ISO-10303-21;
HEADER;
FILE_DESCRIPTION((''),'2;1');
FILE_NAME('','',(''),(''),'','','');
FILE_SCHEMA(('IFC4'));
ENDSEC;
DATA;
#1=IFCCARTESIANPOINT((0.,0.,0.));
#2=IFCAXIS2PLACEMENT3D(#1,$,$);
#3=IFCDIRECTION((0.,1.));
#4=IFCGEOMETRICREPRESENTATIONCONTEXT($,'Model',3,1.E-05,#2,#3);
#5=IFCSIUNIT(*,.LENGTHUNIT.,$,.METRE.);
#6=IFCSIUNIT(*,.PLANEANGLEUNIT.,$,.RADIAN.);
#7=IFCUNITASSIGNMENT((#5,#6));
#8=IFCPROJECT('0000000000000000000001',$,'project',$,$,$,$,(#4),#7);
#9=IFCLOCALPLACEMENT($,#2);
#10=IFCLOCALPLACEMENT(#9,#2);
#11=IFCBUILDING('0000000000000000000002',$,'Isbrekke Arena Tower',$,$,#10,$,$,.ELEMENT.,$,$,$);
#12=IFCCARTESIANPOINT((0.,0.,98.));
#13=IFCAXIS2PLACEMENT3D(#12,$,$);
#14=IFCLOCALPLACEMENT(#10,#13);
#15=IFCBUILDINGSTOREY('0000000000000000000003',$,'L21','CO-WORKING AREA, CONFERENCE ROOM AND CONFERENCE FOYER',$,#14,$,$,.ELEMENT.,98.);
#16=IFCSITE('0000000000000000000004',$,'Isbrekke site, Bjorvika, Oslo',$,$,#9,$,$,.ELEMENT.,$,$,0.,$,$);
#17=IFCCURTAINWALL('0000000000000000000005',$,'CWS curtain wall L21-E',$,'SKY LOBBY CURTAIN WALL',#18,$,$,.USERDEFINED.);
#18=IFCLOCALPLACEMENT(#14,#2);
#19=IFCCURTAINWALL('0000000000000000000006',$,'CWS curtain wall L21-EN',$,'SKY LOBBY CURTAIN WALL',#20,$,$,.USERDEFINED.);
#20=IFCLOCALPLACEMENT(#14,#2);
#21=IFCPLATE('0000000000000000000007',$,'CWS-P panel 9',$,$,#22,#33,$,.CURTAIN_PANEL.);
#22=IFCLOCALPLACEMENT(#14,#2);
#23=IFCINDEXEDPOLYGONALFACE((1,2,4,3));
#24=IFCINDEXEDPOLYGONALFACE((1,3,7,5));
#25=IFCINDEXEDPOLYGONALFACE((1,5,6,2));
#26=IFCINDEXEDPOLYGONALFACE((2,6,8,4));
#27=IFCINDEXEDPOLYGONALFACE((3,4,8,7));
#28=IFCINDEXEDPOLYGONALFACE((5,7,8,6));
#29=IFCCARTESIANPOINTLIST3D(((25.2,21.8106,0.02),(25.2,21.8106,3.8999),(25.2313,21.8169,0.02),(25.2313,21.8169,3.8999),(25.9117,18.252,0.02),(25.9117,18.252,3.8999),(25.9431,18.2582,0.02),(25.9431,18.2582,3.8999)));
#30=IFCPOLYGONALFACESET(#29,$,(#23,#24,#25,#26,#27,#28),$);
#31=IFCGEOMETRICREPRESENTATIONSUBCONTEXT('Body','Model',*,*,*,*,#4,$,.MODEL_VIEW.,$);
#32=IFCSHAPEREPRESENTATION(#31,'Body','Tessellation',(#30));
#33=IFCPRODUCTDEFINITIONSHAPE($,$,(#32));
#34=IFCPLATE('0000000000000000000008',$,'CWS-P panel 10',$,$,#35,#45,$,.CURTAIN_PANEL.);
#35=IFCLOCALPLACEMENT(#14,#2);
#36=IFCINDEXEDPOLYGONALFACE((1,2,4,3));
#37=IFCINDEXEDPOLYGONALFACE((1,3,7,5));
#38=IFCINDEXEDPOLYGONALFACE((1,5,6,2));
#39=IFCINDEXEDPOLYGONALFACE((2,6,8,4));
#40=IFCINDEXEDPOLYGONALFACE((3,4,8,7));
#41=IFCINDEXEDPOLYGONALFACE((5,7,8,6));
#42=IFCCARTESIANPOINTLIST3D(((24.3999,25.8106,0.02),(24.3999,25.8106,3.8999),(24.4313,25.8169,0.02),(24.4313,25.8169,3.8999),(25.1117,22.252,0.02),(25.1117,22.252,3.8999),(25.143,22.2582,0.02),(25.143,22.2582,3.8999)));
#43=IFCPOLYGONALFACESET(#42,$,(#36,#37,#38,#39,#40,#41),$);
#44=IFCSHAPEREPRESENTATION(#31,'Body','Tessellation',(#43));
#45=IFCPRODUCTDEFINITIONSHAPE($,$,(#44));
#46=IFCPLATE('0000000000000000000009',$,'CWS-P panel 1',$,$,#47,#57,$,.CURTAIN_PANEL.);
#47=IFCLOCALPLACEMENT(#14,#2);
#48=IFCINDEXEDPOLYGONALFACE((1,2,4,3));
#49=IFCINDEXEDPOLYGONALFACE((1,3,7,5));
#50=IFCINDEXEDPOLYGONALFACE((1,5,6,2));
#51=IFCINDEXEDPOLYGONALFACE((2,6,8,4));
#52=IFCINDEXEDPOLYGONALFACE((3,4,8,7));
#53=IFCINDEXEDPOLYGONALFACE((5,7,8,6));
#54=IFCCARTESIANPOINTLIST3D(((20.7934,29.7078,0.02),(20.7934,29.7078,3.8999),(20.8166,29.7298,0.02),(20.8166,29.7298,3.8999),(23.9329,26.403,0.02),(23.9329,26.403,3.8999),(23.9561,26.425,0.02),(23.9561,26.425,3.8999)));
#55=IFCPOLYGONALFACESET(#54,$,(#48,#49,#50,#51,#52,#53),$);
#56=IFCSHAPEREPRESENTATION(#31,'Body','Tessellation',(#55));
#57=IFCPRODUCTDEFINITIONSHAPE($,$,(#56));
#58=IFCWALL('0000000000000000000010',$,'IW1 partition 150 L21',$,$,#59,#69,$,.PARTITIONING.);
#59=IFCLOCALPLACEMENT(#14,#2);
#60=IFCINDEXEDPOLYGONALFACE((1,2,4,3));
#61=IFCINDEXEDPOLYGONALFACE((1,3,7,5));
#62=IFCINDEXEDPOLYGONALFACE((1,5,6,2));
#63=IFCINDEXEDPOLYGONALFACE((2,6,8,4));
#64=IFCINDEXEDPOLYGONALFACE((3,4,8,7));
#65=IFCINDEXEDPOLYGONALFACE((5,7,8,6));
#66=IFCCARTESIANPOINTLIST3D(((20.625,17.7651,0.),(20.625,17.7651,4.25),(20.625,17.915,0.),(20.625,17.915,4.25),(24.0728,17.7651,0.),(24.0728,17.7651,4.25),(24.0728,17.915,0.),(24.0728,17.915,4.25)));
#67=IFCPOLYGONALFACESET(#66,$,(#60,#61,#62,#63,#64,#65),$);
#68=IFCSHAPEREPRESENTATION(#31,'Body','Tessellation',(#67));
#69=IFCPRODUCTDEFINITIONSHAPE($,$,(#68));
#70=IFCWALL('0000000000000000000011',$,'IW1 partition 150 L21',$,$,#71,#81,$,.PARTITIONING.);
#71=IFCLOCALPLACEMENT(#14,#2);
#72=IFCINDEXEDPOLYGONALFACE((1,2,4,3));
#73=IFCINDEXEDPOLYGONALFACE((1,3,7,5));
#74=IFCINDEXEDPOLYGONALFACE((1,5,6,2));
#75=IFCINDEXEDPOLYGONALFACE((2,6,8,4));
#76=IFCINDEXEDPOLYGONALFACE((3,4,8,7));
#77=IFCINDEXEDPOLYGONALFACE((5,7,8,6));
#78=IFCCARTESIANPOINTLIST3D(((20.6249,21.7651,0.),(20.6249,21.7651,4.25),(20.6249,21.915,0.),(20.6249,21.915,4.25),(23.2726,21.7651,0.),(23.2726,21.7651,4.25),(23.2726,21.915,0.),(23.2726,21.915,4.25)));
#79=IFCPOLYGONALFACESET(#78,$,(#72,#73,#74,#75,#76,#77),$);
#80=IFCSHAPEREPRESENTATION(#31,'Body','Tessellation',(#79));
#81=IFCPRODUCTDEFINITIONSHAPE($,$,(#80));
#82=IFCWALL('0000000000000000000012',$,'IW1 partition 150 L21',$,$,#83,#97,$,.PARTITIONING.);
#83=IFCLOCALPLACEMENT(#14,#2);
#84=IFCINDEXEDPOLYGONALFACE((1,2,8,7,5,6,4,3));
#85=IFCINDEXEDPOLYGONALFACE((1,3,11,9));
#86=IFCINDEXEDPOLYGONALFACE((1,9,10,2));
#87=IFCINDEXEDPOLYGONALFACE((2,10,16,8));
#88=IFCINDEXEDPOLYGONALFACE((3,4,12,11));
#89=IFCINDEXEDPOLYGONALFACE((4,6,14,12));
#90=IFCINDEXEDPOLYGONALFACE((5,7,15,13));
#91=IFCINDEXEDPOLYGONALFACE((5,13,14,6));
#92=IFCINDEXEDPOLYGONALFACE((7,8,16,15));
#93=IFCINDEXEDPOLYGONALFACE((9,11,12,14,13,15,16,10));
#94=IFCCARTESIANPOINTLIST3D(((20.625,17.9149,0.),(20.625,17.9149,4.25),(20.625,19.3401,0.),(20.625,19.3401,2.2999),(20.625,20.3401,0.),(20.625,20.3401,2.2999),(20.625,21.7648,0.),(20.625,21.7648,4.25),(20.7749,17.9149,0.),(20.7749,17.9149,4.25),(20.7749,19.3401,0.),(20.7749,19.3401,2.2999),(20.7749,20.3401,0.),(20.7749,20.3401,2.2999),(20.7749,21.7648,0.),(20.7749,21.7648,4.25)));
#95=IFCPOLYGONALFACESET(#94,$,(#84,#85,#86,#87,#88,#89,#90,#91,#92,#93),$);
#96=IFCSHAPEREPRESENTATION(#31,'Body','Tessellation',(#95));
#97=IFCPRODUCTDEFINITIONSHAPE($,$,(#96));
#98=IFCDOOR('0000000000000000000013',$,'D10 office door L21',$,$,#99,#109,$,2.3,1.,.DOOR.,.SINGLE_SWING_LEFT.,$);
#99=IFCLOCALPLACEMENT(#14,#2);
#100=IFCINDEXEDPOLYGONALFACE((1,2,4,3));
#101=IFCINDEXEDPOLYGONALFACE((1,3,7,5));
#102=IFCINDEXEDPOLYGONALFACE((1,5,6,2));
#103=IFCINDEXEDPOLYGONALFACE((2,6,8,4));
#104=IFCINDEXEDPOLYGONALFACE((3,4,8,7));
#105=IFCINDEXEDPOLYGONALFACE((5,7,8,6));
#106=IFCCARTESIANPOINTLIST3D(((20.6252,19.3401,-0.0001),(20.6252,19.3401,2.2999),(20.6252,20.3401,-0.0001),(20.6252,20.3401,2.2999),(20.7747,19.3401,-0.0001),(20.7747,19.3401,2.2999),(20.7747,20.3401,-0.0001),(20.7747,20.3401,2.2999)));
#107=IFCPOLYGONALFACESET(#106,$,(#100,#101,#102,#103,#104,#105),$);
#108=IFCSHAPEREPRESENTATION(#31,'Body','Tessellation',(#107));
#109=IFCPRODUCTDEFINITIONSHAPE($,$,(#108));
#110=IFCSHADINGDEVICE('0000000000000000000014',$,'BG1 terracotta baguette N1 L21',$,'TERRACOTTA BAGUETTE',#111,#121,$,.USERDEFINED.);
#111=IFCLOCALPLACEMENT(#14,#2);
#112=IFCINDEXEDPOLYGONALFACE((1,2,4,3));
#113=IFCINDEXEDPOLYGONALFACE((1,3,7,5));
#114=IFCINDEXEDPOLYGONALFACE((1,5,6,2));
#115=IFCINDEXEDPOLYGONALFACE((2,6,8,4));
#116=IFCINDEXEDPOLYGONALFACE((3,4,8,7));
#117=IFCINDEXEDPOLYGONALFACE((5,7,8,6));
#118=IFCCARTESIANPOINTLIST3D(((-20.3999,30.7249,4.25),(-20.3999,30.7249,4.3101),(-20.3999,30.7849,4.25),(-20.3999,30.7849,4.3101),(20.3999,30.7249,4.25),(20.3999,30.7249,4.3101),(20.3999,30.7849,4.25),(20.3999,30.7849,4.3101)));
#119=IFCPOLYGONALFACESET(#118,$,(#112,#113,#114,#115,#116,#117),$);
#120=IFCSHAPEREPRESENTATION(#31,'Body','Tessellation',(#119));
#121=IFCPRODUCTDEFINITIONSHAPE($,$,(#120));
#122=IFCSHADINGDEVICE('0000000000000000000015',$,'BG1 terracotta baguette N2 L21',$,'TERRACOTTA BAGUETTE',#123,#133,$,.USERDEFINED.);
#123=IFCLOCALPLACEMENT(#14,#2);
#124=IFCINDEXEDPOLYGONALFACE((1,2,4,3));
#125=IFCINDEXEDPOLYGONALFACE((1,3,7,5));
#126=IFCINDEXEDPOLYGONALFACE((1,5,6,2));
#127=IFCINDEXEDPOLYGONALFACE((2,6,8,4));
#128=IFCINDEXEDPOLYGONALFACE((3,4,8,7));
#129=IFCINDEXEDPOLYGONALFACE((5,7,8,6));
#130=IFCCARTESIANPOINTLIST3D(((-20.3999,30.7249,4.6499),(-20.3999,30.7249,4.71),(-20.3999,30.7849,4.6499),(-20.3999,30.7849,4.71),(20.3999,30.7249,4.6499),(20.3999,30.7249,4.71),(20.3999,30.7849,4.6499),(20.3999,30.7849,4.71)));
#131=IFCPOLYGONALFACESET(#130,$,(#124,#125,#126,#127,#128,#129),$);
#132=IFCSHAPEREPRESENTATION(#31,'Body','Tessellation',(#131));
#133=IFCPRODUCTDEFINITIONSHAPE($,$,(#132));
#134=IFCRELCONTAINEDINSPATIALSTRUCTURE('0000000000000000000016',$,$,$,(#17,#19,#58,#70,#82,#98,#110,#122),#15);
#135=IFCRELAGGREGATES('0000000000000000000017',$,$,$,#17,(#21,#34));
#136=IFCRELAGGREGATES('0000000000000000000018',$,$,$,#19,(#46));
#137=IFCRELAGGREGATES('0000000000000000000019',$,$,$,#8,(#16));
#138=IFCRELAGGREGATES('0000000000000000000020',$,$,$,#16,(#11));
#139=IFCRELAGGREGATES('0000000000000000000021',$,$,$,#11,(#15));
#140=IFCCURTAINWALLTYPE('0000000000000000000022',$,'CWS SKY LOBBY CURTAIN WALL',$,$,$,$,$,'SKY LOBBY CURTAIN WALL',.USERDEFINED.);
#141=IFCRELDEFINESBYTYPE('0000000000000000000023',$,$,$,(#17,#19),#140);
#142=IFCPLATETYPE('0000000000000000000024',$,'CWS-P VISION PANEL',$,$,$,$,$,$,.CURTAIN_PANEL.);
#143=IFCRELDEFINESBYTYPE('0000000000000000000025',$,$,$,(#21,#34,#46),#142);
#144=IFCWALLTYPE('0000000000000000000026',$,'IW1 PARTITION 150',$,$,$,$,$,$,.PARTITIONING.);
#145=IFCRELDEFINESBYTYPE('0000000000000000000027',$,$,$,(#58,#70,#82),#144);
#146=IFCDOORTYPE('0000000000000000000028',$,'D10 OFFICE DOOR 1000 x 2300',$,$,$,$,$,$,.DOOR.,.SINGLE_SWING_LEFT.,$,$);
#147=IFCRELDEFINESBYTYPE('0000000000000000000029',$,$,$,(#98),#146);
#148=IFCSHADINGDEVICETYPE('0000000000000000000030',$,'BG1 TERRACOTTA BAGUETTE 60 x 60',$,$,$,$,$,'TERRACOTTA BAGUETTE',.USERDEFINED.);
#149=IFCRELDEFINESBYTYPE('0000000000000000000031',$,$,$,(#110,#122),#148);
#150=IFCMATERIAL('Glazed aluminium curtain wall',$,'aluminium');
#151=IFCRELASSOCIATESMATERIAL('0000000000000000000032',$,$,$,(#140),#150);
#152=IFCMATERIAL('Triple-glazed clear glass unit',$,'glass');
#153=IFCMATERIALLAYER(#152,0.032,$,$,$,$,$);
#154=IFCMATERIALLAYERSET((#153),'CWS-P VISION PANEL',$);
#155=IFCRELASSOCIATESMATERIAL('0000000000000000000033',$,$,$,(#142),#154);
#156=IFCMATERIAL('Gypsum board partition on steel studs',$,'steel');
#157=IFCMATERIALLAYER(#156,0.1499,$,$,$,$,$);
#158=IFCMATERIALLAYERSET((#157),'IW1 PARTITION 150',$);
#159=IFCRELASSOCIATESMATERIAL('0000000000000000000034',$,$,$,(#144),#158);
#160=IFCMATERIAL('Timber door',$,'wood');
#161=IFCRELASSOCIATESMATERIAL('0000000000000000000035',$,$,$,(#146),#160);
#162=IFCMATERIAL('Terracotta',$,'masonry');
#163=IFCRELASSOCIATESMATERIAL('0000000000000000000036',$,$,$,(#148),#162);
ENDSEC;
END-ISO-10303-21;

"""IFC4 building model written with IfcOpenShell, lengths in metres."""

from ifc_helpers import new_model, si_unit, direction, frame, frame_2d, origin, origin_2d, place, context, subcontext, project, spatial, rectangle, extrude, material, layer, layer_set, material_profile, profile_set, type_object, element, fill, aggregate, save


model = new_model("IFC4")

# Units and contexts
model_context = context("Model", 3, precision=1e-05, world=origin(), true_north=direction((0.0, 1.0)))
body_context = subcontext(model_context, "Body", "Model", "MODEL_VIEW")
ifc_project = project(units=[si_unit("LENGTHUNIT", "METRE"), si_unit("PLANEANGLEUNIT", "RADIAN")], contexts=[model_context])

# Site, building, storey
site_placement = place(None, origin())
site = spatial("IfcSite", under=ifc_project, at=site_placement, Name="Isbrekke site, Bjorvika, Oslo", CompositionType="ELEMENT", RefElevation=0.0)
building_placement = place(site_placement, origin())
building = spatial("IfcBuilding", under=site, at=building_placement, Name="Isbrekke Arena Tower", CompositionType="ELEMENT")
storey_placement = place(building_placement, frame((0.0, 0.0, 98.0)))
storey = spatial("IfcBuildingStorey", under=building, at=storey_placement, Name="L21", Description="CO-WORKING AREA, CONFERENCE ROOM AND CONFERENCE FOYER", CompositionType="ELEMENT", Elevation=98.0)

# Curtain walls
ifc_material_1 = material(Name="Glazed aluminium curtain wall", Category="aluminium")
curtain_wall_type = type_object("IfcCurtainWallType", Name="CWS SKY LOBBY CURTAIN WALL", ElementType="SKY LOBBY CURTAIN WALL", PredefinedType="USERDEFINED", material=ifc_material_1)
curtain_wall_1_placement = place(storey_placement, origin())
curtain_wall_1 = element("IfcCurtainWall", 1, at=curtain_wall_1_placement, inside=storey, type_object=curtain_wall_type, Name="CWS curtain wall L21-E", ObjectType="SKY LOBBY CURTAIN WALL", PredefinedType="USERDEFINED")
curtain_wall_2_placement = place(storey_placement, origin())
curtain_wall_2 = element("IfcCurtainWall", 2, at=curtain_wall_2_placement, inside=storey, type_object=curtain_wall_type, Name="CWS curtain wall L21-EN", ObjectType="SKY LOBBY CURTAIN WALL", PredefinedType="USERDEFINED")

# Plates
ifc_material_2 = material(Name="Triple-glazed clear glass unit", Category="glass")
ifc_layer_1 = layer(ifc_material_2, 0.032)
ifc_layer_set_1 = layer_set([ifc_layer_1], Name="CWS-P VISION PANEL")
plate_type = type_object("IfcPlateType", Name="CWS-P VISION PANEL", PredefinedType="CURTAIN_PANEL", material=ifc_layer_set_1)
plate_1_placement = place(storey_placement, frame((25.5715, 20.0344, 0.02), z_axis=(0.0, 0.0, 1.0), x_axis=(-0.196116, 0.980581, 0.0)))
plate_1 = element("IfcPlate", 3, at=plate_1_placement, type_object=plate_type, Name="CWS-P panel 9", PredefinedType="CURTAIN_PANEL", context=body_context, shape_type="SweptSolid", body=[
    extrude(rectangle(XDim=3.6292, YDim=0.032, at=origin_2d()), origin(), (0.0, 0.0, 1.0), 3.8799),
])
plate_2_placement = place(storey_placement, frame((24.7715, 24.0344, 0.02), z_axis=(0.0, 0.0, 1.0), x_axis=(-0.196116, 0.980581, 0.0)))
plate_2 = element("IfcPlate", 4, at=plate_2_placement, type_object=plate_type, Name="CWS-P panel 10", PredefinedType="CURTAIN_PANEL", context=body_context, shape_type="SweptSolid", body=[
    extrude(rectangle(XDim=3.6292, YDim=0.032, at=origin_2d()), origin(), (0.0, 0.0, 1.0), 3.8799),
])
aggregate(curtain_wall_1, [plate_1, plate_2])
plate_3_placement = place(storey_placement, frame((22.3748, 28.0664, 0.02), z_axis=(0.0, 0.0, 1.0), x_axis=(-0.688749, 0.724999, 0.0)))
plate_3 = element("IfcPlate", 5, at=plate_3_placement, type_object=plate_type, Name="CWS-P panel 1", PredefinedType="CURTAIN_PANEL", context=body_context, shape_type="SweptSolid", body=[
    extrude(rectangle(XDim=4.5583, YDim=0.032, at=origin_2d()), origin(), (0.0, 0.0, 1.0), 3.8799),
])
aggregate(curtain_wall_2, [plate_3])

# Walls
ifc_material_3 = material(Name="Gypsum board partition on steel studs", Category="steel")
ifc_layer_2 = layer(ifc_material_3, 0.1499)
ifc_layer_set_2 = layer_set([ifc_layer_2], Name="IW1 PARTITION 150")
wall_type = type_object("IfcWallType", Name="IW1 PARTITION 150", PredefinedType="PARTITIONING", material=ifc_layer_set_2)
wall_1_placement = place(storey_placement, frame((20.625, 17.8401, 0.0), z_axis=(0.0, 0.0, 1.0), x_axis=(1.0, 0.0, 0.0)))
element("IfcWall", 6, at=wall_1_placement, inside=storey, type_object=wall_type, Name="IW1 partition 150 L21", PredefinedType="PARTITIONING", context=body_context, shape_type="SweptSolid", body=[
    extrude(rectangle(XDim=3.4478, YDim=0.1499, at=frame_2d((1.7239, 0.0))), origin(), (0.0, 0.0, 1.0), 4.25),
])
wall_2_placement = place(storey_placement, frame((20.625, 21.8401, 0.0), z_axis=(0.0, 0.0, 1.0), x_axis=(1.0, 0.0, 0.0)))
element("IfcWall", 7, at=wall_2_placement, inside=storey, type_object=wall_type, Name="IW1 partition 150 L21", PredefinedType="PARTITIONING", context=body_context, shape_type="SweptSolid", body=[
    extrude(rectangle(XDim=2.6477, YDim=0.1499, at=frame_2d((1.3237, 0.0))), origin(), (0.0, 0.0, 1.0), 4.25),
])

# Wall, opening, door
wall_3_placement = place(storey_placement, frame((20.7, 17.915, 0.0), z_axis=(0.0, 0.0, 1.0), x_axis=(0.0, 1.0, 0.0)))
wall_3 = element("IfcWall", 8, at=wall_3_placement, inside=storey, type_object=wall_type, Name="IW1 partition 150 L21", PredefinedType="PARTITIONING", context=body_context, shape_type="SweptSolid", body=[
    extrude(rectangle(XDim=3.8499, YDim=0.1499, at=frame_2d((1.9248, 0.0))), origin(), (0.0, 0.0, 1.0), 4.25),
])
opening_placement = place(wall_3_placement, frame((1.425, 0.0, 0.0)))
opening = element("IfcOpeningElement", 9, at=opening_placement, cuts=wall_3, PredefinedType="OPENING", context=body_context, shape_type="SweptSolid", body=[
    extrude(rectangle(XDim=1.0, YDim=2.3, at=frame_2d((0.5, 1.1499))), frame((0.0, 0.0898, 0.0), z_axis=(0.0, -1.0, 0.0), x_axis=(1.0, 0.0, 0.0)), (0.0, 0.0, 1.0), 0.1797),
])
ifc_material_4 = material(Name="Timber door", Category="wood")
door_type = type_object("IfcDoorType", Name="D10 OFFICE DOOR 1000 x 2300", OperationType="SINGLE_SWING_LEFT", PredefinedType="DOOR", material=ifc_material_4)
door_placement = place(opening_placement, origin())
door = element("IfcDoor", 10, at=door_placement, inside=storey, type_object=door_type, Name="D10 office door L21", OperationType="SINGLE_SWING_LEFT", OverallHeight=2.3, OverallWidth=1.0, PredefinedType="DOOR", context=body_context, shape_type="SweptSolid", body=[
    extrude(rectangle(XDim=1.0, YDim=2.3, at=frame_2d((0.5, 1.1499))), frame((0.0, 0.0747, 0.0), z_axis=(0.0, -1.0, 0.0), x_axis=(1.0, 0.0, 0.0)), (0.0, 0.0, 1.0), 0.1494),
])
fill(opening, door)

# Shading devices
ifc_material_5 = material(Name="Terracotta", Category="masonry")
ifc_material_profile_1 = material_profile(ifc_material_5, rectangle(XDim=0.0601, YDim=0.0601, at=origin_2d()), Name="BAGUETTE 60X60")
ifc_profile_set_1 = profile_set([ifc_material_profile_1], Name="Terracotta")
shading_device_type = type_object("IfcShadingDeviceType", Name="BG1 TERRACOTTA BAGUETTE 60 x 60", ElementType="TERRACOTTA BAGUETTE", PredefinedType="USERDEFINED", material=ifc_profile_set_1)
for number, where, z_axis, x_axis, name in (
    (11, (20.3999, 30.7549, 4.28), (-1.0, 0.0, 0.0), (0.0, -1.0, 0.0), "BG1 terracotta baguette N1 L21"),
    (12, (20.3999, 30.7549, 4.6799), (-1.0, 0.0, 0.0), (0.0, -1.0, 0.0), "BG1 terracotta baguette N2 L21"),
):
    element("IfcShadingDevice", number, at=place(storey_placement, frame(where, z_axis=z_axis, x_axis=x_axis)), inside=storey, type_object=shading_device_type, Name=name, ObjectType="TERRACOTTA BAGUETTE", PredefinedType="USERDEFINED", context=body_context, shape_type="SweptSolid", body=[
        extrude(rectangle(XDim=0.0601, YDim=0.0601, at=origin_2d()), origin(), (0.0, 0.0, 1.0), 40.7998),
    ])

save(model, "model.ifc")
